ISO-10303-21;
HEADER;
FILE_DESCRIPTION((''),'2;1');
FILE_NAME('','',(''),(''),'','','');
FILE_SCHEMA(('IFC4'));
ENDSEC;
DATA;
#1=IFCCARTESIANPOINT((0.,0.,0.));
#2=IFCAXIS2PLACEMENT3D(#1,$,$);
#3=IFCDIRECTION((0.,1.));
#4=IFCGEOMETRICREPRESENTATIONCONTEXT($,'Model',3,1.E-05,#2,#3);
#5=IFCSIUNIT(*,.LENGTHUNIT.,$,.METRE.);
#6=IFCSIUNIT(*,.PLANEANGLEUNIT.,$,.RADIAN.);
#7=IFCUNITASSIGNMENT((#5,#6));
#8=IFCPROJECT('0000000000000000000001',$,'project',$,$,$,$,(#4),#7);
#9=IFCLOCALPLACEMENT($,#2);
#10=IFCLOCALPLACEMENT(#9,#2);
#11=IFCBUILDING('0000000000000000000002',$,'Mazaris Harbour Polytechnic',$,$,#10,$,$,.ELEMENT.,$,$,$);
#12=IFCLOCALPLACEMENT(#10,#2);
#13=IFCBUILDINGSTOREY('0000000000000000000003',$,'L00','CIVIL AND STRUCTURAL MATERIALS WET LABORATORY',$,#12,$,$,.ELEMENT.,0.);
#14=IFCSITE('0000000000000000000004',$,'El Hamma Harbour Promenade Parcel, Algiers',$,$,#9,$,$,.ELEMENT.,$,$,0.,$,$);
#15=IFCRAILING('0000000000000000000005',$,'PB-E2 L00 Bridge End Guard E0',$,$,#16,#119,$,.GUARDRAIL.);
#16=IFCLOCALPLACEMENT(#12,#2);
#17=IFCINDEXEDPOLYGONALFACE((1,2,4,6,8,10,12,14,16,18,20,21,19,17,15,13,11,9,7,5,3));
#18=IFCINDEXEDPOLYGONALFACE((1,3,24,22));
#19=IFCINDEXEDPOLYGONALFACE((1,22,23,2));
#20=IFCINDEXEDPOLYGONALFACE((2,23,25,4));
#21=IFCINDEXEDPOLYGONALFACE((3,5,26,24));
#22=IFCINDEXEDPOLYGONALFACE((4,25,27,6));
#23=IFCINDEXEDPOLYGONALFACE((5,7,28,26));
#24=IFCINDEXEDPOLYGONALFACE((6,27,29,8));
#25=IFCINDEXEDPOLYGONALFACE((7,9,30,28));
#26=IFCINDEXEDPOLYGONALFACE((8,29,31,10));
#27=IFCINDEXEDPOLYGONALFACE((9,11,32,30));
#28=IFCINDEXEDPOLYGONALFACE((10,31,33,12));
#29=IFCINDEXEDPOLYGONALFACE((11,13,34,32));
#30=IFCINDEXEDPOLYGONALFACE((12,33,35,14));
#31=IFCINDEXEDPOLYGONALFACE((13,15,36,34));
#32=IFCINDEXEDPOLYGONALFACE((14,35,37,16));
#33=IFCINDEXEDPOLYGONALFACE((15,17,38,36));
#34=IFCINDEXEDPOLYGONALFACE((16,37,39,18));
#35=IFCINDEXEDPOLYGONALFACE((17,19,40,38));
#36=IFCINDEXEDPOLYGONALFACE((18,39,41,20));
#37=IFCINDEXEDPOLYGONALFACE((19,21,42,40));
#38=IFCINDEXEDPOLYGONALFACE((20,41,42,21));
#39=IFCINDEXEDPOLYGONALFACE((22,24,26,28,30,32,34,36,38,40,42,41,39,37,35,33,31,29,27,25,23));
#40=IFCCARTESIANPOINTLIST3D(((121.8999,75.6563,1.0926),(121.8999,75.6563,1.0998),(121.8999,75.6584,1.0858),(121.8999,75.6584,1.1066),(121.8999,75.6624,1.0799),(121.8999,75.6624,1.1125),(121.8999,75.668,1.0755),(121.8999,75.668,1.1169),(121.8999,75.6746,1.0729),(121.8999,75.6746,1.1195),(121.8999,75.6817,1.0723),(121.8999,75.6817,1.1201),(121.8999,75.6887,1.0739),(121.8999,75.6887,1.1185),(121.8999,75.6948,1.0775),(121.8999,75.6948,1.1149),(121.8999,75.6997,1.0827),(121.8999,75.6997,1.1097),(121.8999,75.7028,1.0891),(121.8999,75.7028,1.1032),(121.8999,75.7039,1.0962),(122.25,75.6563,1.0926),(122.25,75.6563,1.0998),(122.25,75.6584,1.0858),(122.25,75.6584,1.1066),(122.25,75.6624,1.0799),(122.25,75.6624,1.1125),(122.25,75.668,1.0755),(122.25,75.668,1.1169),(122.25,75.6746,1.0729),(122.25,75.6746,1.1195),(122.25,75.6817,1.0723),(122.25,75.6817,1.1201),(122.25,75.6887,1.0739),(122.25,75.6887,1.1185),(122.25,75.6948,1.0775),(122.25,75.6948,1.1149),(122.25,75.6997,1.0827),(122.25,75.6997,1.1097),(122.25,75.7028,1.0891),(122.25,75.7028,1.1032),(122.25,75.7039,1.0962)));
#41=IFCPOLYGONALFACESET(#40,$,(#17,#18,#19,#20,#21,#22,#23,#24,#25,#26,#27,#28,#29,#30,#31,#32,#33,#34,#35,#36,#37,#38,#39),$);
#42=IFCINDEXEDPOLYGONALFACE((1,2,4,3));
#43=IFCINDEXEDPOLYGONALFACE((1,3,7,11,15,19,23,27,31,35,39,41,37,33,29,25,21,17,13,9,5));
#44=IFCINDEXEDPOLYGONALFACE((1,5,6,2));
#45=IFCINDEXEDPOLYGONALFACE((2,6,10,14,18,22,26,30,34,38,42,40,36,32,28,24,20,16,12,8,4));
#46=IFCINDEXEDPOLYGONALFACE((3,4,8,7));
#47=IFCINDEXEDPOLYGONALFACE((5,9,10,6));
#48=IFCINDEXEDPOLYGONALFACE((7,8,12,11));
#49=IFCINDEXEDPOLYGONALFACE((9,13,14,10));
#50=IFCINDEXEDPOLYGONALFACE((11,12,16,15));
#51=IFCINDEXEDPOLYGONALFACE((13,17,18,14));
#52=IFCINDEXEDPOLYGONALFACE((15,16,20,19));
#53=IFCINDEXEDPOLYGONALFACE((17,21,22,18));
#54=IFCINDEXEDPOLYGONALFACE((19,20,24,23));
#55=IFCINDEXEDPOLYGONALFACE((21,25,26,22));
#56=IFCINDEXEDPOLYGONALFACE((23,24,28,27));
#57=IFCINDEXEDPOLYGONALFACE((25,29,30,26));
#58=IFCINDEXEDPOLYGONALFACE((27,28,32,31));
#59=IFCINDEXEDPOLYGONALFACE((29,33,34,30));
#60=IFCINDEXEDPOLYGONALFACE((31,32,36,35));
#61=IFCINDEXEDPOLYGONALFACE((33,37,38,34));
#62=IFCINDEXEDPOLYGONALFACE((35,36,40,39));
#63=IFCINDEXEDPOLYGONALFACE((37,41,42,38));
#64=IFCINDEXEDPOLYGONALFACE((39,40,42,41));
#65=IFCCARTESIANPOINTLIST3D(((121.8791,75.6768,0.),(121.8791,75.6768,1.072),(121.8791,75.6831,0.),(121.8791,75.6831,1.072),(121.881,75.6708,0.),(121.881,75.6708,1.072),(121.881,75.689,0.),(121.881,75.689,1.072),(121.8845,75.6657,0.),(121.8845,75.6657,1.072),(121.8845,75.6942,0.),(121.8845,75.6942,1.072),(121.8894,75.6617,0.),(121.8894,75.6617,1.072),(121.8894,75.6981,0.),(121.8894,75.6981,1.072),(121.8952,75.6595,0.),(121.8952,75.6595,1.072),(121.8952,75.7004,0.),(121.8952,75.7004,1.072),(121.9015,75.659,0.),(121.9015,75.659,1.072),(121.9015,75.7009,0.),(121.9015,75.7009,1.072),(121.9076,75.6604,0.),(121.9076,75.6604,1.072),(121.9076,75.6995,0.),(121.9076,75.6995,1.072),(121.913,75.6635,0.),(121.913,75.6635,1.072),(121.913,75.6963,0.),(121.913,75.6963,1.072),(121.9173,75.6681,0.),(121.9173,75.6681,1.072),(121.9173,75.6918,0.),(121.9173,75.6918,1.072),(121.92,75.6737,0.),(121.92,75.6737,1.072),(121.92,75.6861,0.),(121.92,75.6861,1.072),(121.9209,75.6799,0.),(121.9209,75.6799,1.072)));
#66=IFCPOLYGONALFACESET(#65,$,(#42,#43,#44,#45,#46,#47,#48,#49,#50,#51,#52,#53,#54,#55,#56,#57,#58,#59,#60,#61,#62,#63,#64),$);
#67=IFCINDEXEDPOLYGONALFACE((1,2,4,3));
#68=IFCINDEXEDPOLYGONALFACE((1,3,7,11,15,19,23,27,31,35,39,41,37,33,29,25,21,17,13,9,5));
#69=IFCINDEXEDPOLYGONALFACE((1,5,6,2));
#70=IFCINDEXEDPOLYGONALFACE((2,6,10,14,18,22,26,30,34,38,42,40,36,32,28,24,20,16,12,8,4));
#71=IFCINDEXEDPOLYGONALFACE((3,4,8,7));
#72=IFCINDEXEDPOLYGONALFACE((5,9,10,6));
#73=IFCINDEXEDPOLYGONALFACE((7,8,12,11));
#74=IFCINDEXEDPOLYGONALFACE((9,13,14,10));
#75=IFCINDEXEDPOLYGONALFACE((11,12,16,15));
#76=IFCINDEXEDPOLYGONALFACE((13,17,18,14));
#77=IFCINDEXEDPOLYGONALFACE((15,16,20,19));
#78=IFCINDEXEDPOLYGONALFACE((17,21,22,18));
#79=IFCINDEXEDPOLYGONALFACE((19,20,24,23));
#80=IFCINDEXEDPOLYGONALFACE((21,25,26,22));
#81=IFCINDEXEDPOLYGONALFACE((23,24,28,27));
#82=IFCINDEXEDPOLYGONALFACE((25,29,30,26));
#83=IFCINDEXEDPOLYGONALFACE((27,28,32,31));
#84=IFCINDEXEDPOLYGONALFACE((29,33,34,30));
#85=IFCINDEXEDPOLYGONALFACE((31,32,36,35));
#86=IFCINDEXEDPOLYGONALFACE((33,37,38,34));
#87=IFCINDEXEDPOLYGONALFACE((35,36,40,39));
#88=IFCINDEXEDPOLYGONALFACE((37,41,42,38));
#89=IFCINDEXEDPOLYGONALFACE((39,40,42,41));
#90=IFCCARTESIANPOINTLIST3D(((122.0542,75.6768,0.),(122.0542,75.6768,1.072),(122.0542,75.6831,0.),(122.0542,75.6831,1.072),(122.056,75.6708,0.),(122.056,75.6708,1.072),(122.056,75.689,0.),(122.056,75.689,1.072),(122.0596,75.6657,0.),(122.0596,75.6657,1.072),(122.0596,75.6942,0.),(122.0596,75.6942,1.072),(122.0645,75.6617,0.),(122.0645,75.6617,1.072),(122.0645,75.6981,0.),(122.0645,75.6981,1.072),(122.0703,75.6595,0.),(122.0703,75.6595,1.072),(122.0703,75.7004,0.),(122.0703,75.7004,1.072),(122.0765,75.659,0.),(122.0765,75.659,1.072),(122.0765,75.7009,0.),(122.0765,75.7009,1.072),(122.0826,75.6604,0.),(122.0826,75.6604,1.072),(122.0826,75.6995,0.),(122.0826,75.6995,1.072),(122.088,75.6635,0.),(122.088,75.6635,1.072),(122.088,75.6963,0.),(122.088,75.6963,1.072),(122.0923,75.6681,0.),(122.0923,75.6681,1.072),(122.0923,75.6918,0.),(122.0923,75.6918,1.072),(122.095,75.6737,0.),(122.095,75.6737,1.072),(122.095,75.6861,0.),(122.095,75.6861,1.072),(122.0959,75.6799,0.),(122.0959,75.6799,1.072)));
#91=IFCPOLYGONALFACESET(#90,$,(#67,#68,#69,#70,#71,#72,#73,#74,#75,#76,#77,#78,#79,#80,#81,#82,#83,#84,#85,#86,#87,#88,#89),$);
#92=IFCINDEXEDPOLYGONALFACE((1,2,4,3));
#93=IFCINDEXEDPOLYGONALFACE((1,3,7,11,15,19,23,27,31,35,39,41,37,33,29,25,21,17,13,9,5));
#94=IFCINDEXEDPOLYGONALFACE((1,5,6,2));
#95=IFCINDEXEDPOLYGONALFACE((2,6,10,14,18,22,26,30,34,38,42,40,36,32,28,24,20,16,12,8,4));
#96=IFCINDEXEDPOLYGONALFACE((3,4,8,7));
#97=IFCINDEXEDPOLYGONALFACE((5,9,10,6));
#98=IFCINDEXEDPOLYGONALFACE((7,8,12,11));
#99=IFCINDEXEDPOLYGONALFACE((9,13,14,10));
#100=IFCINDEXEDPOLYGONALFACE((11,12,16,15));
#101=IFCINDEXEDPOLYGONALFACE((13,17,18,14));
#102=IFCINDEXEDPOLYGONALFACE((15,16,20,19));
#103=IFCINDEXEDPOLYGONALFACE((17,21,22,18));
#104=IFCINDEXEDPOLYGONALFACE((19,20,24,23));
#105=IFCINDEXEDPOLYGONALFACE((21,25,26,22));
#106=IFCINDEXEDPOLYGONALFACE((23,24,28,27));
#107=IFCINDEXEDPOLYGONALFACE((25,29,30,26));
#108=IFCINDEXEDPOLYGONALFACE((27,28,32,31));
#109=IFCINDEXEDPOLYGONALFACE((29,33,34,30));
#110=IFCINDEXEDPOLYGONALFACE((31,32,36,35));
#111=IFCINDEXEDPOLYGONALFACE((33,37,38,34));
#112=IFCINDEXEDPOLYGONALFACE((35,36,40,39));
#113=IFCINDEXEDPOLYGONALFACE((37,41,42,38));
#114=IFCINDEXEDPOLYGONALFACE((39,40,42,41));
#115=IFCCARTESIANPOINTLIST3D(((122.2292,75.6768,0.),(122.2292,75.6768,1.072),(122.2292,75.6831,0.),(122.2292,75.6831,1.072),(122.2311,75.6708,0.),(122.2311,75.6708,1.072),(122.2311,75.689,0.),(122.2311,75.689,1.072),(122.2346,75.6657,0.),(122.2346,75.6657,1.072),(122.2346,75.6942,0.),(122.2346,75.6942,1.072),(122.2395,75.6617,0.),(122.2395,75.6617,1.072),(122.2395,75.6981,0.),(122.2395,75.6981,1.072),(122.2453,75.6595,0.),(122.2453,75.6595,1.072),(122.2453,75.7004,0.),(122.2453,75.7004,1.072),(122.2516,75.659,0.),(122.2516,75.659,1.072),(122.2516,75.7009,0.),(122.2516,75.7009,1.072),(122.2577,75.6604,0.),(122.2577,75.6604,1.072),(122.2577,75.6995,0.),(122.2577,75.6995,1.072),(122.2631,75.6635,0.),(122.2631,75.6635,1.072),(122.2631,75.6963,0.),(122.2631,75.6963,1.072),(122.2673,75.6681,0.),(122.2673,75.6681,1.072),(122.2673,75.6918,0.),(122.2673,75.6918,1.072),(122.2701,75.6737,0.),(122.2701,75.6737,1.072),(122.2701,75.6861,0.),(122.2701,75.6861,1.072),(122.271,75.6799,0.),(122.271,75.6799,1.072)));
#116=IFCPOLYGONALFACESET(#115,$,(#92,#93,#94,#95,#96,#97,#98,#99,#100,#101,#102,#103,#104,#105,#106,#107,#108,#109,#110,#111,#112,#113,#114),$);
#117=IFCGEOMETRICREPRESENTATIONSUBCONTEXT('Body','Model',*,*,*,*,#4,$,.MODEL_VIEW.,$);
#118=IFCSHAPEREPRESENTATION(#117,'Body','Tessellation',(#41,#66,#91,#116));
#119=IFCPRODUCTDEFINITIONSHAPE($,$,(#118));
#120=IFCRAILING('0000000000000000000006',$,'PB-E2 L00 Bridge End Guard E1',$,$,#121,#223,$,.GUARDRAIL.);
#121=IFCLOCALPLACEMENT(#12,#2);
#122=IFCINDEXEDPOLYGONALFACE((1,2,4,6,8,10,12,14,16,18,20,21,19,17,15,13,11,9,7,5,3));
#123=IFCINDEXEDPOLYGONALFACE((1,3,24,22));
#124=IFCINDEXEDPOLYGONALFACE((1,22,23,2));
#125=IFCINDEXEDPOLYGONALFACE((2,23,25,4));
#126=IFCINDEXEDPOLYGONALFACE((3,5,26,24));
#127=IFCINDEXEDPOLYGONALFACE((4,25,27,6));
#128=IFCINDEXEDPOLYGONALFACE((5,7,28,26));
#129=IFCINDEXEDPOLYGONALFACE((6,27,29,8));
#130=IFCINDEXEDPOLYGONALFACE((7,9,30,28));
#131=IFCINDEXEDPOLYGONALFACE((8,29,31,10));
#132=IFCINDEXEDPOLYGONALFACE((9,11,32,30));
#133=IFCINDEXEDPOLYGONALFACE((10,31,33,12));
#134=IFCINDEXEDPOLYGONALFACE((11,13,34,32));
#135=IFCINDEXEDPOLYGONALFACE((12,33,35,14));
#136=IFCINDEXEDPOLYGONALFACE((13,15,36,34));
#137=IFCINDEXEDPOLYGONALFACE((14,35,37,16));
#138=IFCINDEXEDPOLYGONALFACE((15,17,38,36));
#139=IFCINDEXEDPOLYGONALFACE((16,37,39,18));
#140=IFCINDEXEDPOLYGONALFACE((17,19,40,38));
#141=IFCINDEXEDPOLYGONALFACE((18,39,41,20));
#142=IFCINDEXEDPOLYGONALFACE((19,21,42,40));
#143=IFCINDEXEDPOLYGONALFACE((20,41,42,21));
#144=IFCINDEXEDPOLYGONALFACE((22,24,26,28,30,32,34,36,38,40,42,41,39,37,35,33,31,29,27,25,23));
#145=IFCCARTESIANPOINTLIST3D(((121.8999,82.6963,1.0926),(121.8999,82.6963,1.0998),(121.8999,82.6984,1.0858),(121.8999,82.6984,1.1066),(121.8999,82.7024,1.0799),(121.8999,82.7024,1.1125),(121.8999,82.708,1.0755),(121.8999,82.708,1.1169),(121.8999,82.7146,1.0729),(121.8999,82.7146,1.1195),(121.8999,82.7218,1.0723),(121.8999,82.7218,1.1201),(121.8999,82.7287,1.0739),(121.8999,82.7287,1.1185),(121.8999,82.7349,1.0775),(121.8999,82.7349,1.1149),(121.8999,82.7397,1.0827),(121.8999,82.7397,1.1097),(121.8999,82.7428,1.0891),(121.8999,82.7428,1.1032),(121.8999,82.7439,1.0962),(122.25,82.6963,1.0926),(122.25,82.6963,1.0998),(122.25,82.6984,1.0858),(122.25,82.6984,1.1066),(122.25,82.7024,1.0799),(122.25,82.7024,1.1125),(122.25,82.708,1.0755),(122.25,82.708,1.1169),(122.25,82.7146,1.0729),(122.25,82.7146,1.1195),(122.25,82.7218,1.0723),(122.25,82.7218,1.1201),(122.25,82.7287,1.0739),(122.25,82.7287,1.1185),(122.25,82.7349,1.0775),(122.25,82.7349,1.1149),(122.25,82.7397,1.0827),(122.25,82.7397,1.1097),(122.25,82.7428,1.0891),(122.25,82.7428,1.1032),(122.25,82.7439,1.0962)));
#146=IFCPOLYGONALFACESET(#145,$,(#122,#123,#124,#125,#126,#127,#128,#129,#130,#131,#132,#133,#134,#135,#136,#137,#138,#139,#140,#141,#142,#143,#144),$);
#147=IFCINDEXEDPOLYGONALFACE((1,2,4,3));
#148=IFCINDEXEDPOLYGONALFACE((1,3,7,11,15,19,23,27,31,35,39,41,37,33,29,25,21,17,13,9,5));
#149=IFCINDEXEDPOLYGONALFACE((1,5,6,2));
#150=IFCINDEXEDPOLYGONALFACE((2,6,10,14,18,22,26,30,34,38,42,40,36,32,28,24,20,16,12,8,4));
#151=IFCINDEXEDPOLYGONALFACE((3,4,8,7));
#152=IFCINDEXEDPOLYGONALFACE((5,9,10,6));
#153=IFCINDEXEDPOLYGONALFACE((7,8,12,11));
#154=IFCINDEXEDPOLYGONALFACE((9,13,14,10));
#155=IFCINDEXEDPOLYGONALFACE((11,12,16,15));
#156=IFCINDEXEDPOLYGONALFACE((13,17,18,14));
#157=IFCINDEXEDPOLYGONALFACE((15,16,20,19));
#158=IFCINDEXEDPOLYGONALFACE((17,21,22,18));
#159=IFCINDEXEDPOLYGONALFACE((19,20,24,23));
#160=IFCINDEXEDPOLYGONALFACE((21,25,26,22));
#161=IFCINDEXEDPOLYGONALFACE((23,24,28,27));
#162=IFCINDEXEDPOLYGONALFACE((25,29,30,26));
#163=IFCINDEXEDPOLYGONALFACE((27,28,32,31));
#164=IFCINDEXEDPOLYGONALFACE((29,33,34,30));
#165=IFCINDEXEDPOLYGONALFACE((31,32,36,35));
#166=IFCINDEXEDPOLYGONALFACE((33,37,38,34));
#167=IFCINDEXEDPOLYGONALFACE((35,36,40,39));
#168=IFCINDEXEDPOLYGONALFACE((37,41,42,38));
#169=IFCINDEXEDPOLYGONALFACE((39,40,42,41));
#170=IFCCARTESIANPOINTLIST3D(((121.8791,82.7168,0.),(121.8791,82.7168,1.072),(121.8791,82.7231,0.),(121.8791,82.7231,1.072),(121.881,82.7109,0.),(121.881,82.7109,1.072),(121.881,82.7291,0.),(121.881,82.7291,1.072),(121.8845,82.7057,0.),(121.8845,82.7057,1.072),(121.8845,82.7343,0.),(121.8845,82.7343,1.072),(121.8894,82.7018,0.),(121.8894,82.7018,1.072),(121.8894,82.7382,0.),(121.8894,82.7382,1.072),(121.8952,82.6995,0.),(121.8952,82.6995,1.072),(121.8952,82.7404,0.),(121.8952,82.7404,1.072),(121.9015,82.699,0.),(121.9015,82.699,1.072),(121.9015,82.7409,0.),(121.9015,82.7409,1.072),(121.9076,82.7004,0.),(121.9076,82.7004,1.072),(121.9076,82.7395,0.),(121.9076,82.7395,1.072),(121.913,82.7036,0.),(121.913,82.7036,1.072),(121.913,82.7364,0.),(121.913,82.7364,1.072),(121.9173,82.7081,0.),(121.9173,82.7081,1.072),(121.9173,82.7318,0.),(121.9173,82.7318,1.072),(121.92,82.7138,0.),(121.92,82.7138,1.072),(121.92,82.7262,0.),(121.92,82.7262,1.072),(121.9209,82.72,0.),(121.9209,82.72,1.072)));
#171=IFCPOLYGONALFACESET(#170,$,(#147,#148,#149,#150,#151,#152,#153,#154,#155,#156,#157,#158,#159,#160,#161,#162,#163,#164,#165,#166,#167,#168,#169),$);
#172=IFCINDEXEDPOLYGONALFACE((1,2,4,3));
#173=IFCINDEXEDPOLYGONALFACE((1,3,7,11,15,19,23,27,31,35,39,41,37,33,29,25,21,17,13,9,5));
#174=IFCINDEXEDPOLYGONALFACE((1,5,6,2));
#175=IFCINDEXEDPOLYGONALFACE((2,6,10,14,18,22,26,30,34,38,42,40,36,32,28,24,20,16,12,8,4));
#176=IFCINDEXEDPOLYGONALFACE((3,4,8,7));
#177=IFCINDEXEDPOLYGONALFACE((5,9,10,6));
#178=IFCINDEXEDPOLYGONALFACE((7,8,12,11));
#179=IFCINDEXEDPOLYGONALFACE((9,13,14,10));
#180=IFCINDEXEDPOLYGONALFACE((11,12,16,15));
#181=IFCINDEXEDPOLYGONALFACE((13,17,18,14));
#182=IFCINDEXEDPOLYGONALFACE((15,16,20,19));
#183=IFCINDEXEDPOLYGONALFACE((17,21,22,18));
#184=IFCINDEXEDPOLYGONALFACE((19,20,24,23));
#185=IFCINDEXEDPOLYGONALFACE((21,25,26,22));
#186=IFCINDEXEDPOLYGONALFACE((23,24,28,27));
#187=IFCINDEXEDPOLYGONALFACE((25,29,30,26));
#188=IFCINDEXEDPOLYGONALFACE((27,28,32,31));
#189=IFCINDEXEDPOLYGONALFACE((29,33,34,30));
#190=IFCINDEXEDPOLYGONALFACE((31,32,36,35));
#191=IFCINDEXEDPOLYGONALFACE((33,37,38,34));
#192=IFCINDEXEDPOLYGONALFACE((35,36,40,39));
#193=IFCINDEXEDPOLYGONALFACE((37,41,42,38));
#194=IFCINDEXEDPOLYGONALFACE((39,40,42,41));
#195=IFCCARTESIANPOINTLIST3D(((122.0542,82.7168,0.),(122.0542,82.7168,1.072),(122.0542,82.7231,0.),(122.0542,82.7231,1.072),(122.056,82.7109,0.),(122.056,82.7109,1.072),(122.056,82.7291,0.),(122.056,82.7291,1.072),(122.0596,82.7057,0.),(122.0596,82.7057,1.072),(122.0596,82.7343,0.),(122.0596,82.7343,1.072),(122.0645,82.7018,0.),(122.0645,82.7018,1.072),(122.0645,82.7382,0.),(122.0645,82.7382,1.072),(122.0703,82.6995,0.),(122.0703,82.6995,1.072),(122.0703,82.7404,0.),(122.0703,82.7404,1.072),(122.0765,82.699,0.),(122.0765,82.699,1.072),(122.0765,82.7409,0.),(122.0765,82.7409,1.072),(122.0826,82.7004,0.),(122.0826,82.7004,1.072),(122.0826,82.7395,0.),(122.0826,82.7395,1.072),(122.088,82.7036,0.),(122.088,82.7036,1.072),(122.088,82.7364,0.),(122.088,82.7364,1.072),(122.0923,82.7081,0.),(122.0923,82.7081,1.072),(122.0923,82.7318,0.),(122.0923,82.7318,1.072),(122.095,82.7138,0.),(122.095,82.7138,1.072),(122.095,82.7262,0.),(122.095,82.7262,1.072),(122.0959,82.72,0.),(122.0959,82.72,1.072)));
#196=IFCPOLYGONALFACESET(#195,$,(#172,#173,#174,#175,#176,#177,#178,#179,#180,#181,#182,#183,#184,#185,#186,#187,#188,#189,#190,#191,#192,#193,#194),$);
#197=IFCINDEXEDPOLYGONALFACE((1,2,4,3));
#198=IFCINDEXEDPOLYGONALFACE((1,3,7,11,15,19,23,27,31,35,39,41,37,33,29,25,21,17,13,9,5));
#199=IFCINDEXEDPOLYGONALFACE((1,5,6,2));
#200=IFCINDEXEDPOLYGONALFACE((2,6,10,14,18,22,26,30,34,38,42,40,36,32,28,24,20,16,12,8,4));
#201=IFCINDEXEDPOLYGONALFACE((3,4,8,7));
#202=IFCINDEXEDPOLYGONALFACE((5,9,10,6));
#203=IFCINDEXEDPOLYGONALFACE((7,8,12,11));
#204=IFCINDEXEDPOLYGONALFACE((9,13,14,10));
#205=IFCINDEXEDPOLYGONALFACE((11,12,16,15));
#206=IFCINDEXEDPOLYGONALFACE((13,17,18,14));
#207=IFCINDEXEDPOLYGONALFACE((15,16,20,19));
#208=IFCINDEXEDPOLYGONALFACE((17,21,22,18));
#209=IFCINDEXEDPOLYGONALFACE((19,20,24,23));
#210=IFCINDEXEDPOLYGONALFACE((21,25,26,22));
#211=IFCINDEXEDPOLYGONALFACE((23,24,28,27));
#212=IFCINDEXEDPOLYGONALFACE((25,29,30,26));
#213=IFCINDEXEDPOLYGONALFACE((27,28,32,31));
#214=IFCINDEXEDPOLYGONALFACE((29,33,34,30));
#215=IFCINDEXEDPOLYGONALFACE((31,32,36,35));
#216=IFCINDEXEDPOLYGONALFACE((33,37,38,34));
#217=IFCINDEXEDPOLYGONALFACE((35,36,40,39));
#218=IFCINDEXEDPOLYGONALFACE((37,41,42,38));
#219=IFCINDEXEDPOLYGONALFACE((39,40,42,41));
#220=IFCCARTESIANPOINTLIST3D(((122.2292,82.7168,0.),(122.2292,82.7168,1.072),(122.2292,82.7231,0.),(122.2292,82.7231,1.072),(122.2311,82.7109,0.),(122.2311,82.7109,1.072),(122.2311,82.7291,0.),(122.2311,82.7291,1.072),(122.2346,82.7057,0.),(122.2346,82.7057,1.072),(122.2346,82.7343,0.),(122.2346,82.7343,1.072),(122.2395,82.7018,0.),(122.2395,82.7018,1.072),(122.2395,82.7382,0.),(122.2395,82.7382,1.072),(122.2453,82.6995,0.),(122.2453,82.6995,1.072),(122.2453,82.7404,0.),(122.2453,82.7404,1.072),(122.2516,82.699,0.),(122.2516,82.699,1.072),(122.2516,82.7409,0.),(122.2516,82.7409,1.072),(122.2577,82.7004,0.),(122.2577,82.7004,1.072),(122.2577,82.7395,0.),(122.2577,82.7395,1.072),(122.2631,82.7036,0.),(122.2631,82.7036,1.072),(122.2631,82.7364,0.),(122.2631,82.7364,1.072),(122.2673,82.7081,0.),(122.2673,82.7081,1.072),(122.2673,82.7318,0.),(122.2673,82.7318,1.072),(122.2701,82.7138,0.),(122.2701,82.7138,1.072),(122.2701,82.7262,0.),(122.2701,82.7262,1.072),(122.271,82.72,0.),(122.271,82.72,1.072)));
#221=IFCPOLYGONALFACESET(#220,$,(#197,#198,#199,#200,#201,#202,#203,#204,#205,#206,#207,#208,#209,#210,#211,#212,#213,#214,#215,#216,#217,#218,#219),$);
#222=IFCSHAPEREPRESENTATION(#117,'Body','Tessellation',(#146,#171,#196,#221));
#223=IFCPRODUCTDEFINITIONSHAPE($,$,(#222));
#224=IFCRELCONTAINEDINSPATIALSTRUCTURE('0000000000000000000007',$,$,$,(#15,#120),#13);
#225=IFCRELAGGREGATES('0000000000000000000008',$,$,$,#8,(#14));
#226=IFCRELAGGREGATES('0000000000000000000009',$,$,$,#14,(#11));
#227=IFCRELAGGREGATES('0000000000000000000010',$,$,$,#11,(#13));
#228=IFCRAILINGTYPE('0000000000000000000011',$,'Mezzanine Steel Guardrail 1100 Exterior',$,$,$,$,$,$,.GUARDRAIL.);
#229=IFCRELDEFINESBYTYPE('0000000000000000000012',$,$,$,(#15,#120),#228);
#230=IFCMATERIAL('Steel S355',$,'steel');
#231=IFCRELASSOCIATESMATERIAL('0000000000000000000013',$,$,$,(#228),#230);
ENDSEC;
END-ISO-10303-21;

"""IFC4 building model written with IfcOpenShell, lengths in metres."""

from ifc_helpers import new_model, si_unit, direction, frame, origin, origin_2d, place, context, subcontext, project, spatial, circle, extrude, material, type_object, element, save


model = new_model("IFC4")

# Units and contexts
model_context = context("Model", 3, precision=1e-05, world=origin(), true_north=direction((0.0, 1.0)))
body_context = subcontext(model_context, "Body", "Model", "MODEL_VIEW")
ifc_project = project(units=[si_unit("LENGTHUNIT", "METRE"), si_unit("PLANEANGLEUNIT", "RADIAN")], contexts=[model_context])

# Site, building, storey
site_placement = place(None, origin())
site = spatial("IfcSite", under=ifc_project, at=site_placement, Name="El Hamma Harbour Promenade Parcel, Algiers", CompositionType="ELEMENT", RefElevation=0.0)
building_placement = place(site_placement, origin())
building = spatial("IfcBuilding", under=site, at=building_placement, Name="Mazaris Harbour Polytechnic", CompositionType="ELEMENT")
storey_placement = place(building_placement, origin())
storey = spatial("IfcBuildingStorey", under=building, at=storey_placement, Name="L00", Description="CIVIL AND STRUCTURAL MATERIALS WET LABORATORY", CompositionType="ELEMENT", Elevation=0.0)

# Railings
ifc_material_1 = material(Name="Steel S355", Category="steel")
railing_type = type_object("IfcRailingType", Name="Mezzanine Steel Guardrail 1100 Exterior", PredefinedType="GUARDRAIL", material=ifc_material_1)
for number, where, name in (
    (1, (121.8999, 75.6799, 0.0), "PB-E2 L00 Bridge End Guard E0"),
    (2, (121.8999, 82.72, 0.0), "PB-E2 L00 Bridge End Guard E1"),
):
    element("IfcRailing", number, at=place(storey_placement, frame(where)), inside=storey, type_object=railing_type, Name=name, PredefinedType="GUARDRAIL", context=body_context, shape_type="SweptSolid", body=[
        extrude(circle(Radius=0.0239, at=origin_2d()), frame((0.0, 0.0, 1.0962), z_axis=(1.0, 0.0, 0.0), x_axis=(0.0, 1.0, 0.0)), (0.0, 0.0, 1.0), 0.3501),
        extrude(circle(Radius=0.021, at=origin_2d()), origin(), (0.0, 0.0, 1.0), 1.072),
        extrude(circle(Radius=0.021, at=origin_2d()), frame((0.175, 0.0, 0.0)), (0.0, 0.0, 1.0), 1.072),
        extrude(circle(Radius=0.021, at=origin_2d()), frame((0.3501, 0.0, 0.0)), (0.0, 0.0, 1.0), 1.072),
    ])

save(model, "model.ifc")
